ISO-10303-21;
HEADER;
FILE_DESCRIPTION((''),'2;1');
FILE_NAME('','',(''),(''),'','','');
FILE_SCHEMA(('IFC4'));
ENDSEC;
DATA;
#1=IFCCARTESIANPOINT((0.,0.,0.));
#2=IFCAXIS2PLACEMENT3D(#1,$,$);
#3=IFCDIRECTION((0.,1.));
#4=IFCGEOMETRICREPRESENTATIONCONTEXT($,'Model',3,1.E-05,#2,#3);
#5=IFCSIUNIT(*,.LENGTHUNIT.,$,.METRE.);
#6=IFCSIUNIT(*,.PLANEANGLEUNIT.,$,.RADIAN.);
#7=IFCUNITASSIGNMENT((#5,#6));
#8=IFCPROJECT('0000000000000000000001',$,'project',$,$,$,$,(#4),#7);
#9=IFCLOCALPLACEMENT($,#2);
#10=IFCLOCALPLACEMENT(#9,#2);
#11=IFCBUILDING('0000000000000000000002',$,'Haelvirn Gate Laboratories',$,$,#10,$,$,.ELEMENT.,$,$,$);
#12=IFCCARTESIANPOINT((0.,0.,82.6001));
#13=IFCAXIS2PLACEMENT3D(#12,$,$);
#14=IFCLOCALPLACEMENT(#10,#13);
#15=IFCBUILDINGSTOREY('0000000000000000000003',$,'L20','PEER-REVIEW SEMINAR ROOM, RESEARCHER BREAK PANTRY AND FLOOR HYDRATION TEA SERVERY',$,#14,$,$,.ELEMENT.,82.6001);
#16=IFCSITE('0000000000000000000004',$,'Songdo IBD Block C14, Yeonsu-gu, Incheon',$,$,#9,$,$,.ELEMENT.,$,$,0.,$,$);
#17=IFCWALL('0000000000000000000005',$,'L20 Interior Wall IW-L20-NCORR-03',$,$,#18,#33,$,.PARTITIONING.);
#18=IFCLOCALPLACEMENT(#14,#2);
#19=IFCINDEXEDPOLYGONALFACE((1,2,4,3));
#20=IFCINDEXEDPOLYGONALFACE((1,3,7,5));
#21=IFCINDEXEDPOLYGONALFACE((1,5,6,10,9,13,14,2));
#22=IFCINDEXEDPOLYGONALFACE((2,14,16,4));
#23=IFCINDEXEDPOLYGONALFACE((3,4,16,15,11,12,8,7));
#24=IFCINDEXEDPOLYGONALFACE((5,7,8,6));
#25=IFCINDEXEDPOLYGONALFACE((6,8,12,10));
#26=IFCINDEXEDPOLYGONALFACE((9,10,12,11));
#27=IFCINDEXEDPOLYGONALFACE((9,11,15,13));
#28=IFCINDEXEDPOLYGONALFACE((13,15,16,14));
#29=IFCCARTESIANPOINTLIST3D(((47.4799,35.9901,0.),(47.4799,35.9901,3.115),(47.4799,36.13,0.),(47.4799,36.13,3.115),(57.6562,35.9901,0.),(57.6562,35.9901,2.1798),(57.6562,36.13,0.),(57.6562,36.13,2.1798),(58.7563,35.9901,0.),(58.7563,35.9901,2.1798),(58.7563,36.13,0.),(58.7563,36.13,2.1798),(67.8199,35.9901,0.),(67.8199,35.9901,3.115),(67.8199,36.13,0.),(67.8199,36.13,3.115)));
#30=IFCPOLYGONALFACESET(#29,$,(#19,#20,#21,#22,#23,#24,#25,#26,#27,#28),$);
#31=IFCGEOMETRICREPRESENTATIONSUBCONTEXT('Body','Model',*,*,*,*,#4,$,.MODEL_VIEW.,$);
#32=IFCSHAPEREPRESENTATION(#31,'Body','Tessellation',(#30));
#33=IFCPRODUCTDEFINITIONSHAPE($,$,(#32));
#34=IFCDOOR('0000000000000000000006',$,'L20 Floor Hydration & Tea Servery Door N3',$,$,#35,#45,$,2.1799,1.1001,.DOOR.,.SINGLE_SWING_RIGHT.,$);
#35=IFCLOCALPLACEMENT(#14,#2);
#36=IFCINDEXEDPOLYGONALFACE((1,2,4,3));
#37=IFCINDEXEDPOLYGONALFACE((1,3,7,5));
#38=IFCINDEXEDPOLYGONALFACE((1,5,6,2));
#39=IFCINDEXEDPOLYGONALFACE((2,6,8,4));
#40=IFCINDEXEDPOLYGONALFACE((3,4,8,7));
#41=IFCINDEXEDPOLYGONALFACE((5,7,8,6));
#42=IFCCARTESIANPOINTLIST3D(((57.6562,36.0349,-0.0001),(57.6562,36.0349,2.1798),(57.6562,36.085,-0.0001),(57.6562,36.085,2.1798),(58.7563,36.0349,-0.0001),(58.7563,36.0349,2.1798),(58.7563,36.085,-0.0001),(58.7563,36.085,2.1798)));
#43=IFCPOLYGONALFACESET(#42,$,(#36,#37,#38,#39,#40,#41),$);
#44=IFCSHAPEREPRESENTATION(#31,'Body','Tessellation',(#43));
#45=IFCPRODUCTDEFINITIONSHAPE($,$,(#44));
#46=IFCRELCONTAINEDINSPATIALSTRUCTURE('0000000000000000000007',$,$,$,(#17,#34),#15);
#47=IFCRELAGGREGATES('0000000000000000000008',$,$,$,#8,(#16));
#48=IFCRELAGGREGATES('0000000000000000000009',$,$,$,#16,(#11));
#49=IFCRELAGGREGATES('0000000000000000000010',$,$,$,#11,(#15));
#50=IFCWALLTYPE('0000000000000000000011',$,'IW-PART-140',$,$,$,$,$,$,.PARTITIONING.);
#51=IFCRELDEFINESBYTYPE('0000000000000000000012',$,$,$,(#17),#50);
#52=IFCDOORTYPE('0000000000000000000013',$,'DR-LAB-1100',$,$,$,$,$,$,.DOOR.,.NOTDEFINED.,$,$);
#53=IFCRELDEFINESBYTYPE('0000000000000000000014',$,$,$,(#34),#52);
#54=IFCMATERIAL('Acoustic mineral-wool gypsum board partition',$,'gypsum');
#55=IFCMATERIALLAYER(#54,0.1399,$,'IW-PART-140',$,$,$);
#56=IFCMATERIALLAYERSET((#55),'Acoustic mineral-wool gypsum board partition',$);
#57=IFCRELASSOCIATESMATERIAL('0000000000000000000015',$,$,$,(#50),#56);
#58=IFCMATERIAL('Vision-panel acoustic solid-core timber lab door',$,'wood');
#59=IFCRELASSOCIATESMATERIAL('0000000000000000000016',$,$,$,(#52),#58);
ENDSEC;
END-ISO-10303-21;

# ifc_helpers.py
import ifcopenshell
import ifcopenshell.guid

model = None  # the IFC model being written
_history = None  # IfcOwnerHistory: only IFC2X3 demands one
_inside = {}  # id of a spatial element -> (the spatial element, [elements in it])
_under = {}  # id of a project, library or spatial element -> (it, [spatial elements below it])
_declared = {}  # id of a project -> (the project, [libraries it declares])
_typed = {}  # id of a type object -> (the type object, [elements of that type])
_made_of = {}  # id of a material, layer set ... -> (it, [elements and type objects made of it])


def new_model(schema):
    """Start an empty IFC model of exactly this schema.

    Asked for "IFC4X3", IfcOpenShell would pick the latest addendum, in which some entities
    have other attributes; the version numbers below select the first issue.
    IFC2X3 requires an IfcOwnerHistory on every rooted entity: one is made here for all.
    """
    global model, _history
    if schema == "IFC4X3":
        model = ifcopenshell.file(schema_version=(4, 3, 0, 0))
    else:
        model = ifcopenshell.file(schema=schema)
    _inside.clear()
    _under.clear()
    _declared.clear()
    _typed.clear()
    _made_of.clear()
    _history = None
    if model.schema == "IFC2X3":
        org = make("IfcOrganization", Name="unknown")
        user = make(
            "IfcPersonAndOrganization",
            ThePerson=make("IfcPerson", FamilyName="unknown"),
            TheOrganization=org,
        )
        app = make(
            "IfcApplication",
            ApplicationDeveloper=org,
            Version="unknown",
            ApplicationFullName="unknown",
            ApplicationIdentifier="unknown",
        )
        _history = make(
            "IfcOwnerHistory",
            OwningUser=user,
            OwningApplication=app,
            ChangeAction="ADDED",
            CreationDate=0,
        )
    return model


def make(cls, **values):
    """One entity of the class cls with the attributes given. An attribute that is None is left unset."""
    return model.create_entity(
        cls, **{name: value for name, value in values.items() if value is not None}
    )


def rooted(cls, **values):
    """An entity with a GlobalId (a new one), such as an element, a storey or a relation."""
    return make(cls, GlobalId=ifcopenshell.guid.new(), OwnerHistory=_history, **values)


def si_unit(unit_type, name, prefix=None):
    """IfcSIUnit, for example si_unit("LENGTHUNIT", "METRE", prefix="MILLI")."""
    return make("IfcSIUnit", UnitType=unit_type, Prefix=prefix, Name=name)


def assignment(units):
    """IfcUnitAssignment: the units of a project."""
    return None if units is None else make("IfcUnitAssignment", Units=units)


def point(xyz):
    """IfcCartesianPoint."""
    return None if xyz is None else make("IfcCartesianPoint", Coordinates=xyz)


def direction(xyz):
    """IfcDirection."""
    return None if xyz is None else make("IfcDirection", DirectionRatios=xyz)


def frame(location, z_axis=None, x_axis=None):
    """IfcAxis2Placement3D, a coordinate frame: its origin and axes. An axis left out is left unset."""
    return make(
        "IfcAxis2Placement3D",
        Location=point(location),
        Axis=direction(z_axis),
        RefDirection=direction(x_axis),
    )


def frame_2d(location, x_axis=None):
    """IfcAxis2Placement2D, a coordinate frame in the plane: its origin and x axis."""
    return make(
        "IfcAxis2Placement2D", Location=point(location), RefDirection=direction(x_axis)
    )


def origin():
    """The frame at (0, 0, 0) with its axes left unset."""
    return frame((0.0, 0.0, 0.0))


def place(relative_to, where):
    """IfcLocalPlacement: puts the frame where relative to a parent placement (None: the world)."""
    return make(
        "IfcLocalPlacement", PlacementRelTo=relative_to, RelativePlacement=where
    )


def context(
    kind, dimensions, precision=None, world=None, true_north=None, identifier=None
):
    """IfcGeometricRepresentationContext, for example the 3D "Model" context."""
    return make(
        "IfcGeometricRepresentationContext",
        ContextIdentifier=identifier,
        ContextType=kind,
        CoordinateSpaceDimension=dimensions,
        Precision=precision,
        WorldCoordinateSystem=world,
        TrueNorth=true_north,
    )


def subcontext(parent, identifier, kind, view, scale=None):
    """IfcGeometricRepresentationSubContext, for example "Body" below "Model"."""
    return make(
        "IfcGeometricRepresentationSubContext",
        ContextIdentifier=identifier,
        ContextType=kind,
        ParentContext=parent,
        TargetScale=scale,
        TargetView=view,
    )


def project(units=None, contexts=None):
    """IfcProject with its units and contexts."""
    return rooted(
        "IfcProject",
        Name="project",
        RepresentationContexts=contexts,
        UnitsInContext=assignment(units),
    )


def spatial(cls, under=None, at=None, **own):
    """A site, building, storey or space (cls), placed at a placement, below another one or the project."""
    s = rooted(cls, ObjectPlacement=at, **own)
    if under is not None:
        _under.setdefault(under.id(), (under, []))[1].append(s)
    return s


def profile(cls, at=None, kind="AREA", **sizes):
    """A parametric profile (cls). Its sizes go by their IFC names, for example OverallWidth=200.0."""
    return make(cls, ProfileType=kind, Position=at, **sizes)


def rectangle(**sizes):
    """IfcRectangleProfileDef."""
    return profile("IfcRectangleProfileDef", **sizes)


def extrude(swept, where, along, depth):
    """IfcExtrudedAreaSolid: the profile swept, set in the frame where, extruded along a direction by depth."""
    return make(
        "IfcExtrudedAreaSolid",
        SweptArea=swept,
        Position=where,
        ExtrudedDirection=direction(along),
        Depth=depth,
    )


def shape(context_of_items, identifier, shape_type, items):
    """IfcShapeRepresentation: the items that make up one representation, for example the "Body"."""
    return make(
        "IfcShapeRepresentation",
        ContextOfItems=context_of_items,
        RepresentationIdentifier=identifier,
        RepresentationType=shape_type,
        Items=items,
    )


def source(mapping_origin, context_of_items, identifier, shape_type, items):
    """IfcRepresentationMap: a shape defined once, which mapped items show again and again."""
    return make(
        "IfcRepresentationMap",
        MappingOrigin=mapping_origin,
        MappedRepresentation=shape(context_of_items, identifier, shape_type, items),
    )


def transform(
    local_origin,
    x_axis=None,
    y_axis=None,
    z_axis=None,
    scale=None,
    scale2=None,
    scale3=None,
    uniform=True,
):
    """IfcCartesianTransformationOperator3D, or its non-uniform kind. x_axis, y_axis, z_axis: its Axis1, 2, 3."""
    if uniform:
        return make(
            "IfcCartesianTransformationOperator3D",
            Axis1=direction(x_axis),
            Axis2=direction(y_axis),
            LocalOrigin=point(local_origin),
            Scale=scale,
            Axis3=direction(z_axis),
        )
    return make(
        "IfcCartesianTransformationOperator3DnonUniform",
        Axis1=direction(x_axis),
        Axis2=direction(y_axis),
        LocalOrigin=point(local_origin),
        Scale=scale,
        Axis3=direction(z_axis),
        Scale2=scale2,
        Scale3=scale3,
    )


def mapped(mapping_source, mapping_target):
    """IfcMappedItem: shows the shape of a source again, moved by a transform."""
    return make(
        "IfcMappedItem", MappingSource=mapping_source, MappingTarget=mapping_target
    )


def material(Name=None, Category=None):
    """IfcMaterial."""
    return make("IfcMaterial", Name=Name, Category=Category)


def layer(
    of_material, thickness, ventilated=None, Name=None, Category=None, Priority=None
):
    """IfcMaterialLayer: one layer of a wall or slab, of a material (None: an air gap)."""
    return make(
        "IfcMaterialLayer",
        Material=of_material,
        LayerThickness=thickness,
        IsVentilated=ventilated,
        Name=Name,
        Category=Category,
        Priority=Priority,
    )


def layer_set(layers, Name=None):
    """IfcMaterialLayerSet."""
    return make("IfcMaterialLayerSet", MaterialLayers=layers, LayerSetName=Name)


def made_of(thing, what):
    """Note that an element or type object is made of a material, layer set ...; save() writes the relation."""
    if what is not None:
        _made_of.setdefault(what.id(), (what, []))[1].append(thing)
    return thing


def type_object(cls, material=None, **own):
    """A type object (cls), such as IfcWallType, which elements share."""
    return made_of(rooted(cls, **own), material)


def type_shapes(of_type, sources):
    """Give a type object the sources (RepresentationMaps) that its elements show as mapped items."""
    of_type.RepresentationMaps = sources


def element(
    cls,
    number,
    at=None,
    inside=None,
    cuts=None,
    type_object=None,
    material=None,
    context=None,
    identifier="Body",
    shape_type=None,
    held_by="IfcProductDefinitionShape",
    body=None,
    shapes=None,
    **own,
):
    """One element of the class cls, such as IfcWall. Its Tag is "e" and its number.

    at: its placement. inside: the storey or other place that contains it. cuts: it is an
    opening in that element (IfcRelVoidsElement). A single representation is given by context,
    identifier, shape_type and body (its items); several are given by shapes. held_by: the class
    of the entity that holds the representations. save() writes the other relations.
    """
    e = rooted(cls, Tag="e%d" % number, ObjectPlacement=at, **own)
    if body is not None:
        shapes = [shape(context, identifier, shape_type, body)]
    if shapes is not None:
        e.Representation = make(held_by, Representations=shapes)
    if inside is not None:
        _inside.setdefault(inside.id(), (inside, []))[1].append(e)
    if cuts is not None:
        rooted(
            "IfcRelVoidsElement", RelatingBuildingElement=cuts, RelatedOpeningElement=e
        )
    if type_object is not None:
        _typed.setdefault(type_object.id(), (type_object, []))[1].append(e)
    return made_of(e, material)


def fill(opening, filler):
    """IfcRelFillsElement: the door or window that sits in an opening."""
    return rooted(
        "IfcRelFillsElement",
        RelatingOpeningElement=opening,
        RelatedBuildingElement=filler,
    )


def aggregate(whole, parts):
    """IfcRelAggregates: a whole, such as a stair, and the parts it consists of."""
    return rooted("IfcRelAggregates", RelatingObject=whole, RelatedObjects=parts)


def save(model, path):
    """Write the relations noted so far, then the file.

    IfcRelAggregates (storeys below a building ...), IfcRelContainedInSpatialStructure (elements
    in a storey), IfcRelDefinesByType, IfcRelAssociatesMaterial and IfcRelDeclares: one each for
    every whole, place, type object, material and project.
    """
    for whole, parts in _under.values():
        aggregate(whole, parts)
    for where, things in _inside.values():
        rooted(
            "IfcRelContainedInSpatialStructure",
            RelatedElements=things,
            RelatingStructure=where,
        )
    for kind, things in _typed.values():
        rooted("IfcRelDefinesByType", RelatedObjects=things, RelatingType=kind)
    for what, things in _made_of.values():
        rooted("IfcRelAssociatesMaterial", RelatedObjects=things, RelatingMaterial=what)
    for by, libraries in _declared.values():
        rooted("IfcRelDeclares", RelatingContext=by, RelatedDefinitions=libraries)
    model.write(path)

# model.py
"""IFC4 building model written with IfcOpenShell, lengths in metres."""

from ifc_helpers import new_model, si_unit, direction, frame, frame_2d, origin, place, context, subcontext, project, spatial, rectangle, extrude, source, transform, mapped, material, layer, layer_set, type_object, type_shapes, element, fill, save


model = new_model("IFC4")

# Units and contexts
model_context = context("Model", 3, precision=1e-05, world=origin(), true_north=direction((0.0, 1.0)))
body_context = subcontext(model_context, "Body", "Model", "MODEL_VIEW")
ifc_project = project(units=[si_unit("LENGTHUNIT", "METRE"), si_unit("PLANEANGLEUNIT", "RADIAN")], contexts=[model_context])

# Site, building, storey
site_placement = place(None, origin())
site = spatial("IfcSite", under=ifc_project, at=site_placement, Name="Songdo IBD Block C14, Yeonsu-gu, Incheon", CompositionType="ELEMENT", RefElevation=0.0)
building_placement = place(site_placement, origin())
building = spatial("IfcBuilding", under=site, at=building_placement, Name="Haelvirn Gate Laboratories", CompositionType="ELEMENT")
storey_placement = place(building_placement, frame((0.0, 0.0, 82.6001)))
storey = spatial("IfcBuildingStorey", under=building, at=storey_placement, Name="L20", Description="PEER-REVIEW SEMINAR ROOM, RESEARCHER BREAK PANTRY AND FLOOR HYDRATION TEA SERVERY", CompositionType="ELEMENT", Elevation=82.6001)

# Wall, opening, door
ifc_material_1 = material(Name="Acoustic mineral-wool gypsum board partition", Category="gypsum")
ifc_layer_1 = layer(ifc_material_1, 0.1399, Name="IW-PART-140")
ifc_layer_set_1 = layer_set([ifc_layer_1], Name="Acoustic mineral-wool gypsum board partition")
wall_type_1 = type_object("IfcWallType", Name="IW-PART-140", PredefinedType="PARTITIONING", material=ifc_layer_set_1)
wall_1_placement = place(storey_placement, frame((47.48, 36.0601, 0.0), z_axis=(0.0, 0.0, 1.0), x_axis=(1.0, 0.0, 0.0)))
wall_1 = element("IfcWall", 1, at=wall_1_placement, inside=storey, type_object=wall_type_1, Name="L20 Interior Wall IW-L20-NCORR-03", PredefinedType="PARTITIONING", context=body_context, shape_type="SweptSolid", body=[
    extrude(rectangle(XDim=20.3401, YDim=0.1399, at=frame_2d((10.1699, 0.0))), origin(), (0.0, 0.0, 1.0), 3.115),
])
opening_1_placement = place(wall_1_placement, frame((10.1763, 0.0, 0.0)))
opening_1 = element("IfcOpeningElement", 2, at=opening_1_placement, cuts=wall_1, PredefinedType="OPENING", context=body_context, shape_type="SweptSolid", body=[
    extrude(rectangle(XDim=1.1001, YDim=2.1799, at=frame_2d((0.55, 1.0898))), frame((0.0, 0.0801, 0.0), z_axis=(0.0, -1.0, 0.0), x_axis=(1.0, 0.0, 0.0)), (0.0, 0.0, 1.0), 0.1599),
])
ifc_material_2 = material(Name="Vision-panel acoustic solid-core timber lab door", Category="wood")
door_type_1 = type_object("IfcDoorType", Name="DR-LAB-1100", OperationType="NOTDEFINED", PredefinedType="DOOR", material=ifc_material_2)
shared_shape_1 = source(origin(), body_context, "Body", "SweptSolid", [
    extrude(rectangle(XDim=1.1001, YDim=2.1799, at=frame_2d((0.55, 1.0898))), frame((0.0, 0.0249, 0.0), z_axis=(0.0, -1.0, 0.0), x_axis=(1.0, 0.0, 0.0)), (0.0, 0.0, 1.0), 0.05),
])
type_shapes(door_type_1, [shared_shape_1])
door_1_placement = place(opening_1_placement, origin())
door_1 = element("IfcDoor", 3, at=door_1_placement, inside=storey, type_object=door_type_1, Name="L20 Floor Hydration & Tea Servery Door N3", OperationType="SINGLE_SWING_RIGHT", OverallHeight=2.1799, OverallWidth=1.1001, PredefinedType="DOOR", context=body_context, shape_type="MappedRepresentation", body=[
    mapped(shared_shape_1, transform((0.0, 0.0, 0.0), scale=1.0)),
])
fill(opening_1, door_1)

save(model, "model.ifc")
